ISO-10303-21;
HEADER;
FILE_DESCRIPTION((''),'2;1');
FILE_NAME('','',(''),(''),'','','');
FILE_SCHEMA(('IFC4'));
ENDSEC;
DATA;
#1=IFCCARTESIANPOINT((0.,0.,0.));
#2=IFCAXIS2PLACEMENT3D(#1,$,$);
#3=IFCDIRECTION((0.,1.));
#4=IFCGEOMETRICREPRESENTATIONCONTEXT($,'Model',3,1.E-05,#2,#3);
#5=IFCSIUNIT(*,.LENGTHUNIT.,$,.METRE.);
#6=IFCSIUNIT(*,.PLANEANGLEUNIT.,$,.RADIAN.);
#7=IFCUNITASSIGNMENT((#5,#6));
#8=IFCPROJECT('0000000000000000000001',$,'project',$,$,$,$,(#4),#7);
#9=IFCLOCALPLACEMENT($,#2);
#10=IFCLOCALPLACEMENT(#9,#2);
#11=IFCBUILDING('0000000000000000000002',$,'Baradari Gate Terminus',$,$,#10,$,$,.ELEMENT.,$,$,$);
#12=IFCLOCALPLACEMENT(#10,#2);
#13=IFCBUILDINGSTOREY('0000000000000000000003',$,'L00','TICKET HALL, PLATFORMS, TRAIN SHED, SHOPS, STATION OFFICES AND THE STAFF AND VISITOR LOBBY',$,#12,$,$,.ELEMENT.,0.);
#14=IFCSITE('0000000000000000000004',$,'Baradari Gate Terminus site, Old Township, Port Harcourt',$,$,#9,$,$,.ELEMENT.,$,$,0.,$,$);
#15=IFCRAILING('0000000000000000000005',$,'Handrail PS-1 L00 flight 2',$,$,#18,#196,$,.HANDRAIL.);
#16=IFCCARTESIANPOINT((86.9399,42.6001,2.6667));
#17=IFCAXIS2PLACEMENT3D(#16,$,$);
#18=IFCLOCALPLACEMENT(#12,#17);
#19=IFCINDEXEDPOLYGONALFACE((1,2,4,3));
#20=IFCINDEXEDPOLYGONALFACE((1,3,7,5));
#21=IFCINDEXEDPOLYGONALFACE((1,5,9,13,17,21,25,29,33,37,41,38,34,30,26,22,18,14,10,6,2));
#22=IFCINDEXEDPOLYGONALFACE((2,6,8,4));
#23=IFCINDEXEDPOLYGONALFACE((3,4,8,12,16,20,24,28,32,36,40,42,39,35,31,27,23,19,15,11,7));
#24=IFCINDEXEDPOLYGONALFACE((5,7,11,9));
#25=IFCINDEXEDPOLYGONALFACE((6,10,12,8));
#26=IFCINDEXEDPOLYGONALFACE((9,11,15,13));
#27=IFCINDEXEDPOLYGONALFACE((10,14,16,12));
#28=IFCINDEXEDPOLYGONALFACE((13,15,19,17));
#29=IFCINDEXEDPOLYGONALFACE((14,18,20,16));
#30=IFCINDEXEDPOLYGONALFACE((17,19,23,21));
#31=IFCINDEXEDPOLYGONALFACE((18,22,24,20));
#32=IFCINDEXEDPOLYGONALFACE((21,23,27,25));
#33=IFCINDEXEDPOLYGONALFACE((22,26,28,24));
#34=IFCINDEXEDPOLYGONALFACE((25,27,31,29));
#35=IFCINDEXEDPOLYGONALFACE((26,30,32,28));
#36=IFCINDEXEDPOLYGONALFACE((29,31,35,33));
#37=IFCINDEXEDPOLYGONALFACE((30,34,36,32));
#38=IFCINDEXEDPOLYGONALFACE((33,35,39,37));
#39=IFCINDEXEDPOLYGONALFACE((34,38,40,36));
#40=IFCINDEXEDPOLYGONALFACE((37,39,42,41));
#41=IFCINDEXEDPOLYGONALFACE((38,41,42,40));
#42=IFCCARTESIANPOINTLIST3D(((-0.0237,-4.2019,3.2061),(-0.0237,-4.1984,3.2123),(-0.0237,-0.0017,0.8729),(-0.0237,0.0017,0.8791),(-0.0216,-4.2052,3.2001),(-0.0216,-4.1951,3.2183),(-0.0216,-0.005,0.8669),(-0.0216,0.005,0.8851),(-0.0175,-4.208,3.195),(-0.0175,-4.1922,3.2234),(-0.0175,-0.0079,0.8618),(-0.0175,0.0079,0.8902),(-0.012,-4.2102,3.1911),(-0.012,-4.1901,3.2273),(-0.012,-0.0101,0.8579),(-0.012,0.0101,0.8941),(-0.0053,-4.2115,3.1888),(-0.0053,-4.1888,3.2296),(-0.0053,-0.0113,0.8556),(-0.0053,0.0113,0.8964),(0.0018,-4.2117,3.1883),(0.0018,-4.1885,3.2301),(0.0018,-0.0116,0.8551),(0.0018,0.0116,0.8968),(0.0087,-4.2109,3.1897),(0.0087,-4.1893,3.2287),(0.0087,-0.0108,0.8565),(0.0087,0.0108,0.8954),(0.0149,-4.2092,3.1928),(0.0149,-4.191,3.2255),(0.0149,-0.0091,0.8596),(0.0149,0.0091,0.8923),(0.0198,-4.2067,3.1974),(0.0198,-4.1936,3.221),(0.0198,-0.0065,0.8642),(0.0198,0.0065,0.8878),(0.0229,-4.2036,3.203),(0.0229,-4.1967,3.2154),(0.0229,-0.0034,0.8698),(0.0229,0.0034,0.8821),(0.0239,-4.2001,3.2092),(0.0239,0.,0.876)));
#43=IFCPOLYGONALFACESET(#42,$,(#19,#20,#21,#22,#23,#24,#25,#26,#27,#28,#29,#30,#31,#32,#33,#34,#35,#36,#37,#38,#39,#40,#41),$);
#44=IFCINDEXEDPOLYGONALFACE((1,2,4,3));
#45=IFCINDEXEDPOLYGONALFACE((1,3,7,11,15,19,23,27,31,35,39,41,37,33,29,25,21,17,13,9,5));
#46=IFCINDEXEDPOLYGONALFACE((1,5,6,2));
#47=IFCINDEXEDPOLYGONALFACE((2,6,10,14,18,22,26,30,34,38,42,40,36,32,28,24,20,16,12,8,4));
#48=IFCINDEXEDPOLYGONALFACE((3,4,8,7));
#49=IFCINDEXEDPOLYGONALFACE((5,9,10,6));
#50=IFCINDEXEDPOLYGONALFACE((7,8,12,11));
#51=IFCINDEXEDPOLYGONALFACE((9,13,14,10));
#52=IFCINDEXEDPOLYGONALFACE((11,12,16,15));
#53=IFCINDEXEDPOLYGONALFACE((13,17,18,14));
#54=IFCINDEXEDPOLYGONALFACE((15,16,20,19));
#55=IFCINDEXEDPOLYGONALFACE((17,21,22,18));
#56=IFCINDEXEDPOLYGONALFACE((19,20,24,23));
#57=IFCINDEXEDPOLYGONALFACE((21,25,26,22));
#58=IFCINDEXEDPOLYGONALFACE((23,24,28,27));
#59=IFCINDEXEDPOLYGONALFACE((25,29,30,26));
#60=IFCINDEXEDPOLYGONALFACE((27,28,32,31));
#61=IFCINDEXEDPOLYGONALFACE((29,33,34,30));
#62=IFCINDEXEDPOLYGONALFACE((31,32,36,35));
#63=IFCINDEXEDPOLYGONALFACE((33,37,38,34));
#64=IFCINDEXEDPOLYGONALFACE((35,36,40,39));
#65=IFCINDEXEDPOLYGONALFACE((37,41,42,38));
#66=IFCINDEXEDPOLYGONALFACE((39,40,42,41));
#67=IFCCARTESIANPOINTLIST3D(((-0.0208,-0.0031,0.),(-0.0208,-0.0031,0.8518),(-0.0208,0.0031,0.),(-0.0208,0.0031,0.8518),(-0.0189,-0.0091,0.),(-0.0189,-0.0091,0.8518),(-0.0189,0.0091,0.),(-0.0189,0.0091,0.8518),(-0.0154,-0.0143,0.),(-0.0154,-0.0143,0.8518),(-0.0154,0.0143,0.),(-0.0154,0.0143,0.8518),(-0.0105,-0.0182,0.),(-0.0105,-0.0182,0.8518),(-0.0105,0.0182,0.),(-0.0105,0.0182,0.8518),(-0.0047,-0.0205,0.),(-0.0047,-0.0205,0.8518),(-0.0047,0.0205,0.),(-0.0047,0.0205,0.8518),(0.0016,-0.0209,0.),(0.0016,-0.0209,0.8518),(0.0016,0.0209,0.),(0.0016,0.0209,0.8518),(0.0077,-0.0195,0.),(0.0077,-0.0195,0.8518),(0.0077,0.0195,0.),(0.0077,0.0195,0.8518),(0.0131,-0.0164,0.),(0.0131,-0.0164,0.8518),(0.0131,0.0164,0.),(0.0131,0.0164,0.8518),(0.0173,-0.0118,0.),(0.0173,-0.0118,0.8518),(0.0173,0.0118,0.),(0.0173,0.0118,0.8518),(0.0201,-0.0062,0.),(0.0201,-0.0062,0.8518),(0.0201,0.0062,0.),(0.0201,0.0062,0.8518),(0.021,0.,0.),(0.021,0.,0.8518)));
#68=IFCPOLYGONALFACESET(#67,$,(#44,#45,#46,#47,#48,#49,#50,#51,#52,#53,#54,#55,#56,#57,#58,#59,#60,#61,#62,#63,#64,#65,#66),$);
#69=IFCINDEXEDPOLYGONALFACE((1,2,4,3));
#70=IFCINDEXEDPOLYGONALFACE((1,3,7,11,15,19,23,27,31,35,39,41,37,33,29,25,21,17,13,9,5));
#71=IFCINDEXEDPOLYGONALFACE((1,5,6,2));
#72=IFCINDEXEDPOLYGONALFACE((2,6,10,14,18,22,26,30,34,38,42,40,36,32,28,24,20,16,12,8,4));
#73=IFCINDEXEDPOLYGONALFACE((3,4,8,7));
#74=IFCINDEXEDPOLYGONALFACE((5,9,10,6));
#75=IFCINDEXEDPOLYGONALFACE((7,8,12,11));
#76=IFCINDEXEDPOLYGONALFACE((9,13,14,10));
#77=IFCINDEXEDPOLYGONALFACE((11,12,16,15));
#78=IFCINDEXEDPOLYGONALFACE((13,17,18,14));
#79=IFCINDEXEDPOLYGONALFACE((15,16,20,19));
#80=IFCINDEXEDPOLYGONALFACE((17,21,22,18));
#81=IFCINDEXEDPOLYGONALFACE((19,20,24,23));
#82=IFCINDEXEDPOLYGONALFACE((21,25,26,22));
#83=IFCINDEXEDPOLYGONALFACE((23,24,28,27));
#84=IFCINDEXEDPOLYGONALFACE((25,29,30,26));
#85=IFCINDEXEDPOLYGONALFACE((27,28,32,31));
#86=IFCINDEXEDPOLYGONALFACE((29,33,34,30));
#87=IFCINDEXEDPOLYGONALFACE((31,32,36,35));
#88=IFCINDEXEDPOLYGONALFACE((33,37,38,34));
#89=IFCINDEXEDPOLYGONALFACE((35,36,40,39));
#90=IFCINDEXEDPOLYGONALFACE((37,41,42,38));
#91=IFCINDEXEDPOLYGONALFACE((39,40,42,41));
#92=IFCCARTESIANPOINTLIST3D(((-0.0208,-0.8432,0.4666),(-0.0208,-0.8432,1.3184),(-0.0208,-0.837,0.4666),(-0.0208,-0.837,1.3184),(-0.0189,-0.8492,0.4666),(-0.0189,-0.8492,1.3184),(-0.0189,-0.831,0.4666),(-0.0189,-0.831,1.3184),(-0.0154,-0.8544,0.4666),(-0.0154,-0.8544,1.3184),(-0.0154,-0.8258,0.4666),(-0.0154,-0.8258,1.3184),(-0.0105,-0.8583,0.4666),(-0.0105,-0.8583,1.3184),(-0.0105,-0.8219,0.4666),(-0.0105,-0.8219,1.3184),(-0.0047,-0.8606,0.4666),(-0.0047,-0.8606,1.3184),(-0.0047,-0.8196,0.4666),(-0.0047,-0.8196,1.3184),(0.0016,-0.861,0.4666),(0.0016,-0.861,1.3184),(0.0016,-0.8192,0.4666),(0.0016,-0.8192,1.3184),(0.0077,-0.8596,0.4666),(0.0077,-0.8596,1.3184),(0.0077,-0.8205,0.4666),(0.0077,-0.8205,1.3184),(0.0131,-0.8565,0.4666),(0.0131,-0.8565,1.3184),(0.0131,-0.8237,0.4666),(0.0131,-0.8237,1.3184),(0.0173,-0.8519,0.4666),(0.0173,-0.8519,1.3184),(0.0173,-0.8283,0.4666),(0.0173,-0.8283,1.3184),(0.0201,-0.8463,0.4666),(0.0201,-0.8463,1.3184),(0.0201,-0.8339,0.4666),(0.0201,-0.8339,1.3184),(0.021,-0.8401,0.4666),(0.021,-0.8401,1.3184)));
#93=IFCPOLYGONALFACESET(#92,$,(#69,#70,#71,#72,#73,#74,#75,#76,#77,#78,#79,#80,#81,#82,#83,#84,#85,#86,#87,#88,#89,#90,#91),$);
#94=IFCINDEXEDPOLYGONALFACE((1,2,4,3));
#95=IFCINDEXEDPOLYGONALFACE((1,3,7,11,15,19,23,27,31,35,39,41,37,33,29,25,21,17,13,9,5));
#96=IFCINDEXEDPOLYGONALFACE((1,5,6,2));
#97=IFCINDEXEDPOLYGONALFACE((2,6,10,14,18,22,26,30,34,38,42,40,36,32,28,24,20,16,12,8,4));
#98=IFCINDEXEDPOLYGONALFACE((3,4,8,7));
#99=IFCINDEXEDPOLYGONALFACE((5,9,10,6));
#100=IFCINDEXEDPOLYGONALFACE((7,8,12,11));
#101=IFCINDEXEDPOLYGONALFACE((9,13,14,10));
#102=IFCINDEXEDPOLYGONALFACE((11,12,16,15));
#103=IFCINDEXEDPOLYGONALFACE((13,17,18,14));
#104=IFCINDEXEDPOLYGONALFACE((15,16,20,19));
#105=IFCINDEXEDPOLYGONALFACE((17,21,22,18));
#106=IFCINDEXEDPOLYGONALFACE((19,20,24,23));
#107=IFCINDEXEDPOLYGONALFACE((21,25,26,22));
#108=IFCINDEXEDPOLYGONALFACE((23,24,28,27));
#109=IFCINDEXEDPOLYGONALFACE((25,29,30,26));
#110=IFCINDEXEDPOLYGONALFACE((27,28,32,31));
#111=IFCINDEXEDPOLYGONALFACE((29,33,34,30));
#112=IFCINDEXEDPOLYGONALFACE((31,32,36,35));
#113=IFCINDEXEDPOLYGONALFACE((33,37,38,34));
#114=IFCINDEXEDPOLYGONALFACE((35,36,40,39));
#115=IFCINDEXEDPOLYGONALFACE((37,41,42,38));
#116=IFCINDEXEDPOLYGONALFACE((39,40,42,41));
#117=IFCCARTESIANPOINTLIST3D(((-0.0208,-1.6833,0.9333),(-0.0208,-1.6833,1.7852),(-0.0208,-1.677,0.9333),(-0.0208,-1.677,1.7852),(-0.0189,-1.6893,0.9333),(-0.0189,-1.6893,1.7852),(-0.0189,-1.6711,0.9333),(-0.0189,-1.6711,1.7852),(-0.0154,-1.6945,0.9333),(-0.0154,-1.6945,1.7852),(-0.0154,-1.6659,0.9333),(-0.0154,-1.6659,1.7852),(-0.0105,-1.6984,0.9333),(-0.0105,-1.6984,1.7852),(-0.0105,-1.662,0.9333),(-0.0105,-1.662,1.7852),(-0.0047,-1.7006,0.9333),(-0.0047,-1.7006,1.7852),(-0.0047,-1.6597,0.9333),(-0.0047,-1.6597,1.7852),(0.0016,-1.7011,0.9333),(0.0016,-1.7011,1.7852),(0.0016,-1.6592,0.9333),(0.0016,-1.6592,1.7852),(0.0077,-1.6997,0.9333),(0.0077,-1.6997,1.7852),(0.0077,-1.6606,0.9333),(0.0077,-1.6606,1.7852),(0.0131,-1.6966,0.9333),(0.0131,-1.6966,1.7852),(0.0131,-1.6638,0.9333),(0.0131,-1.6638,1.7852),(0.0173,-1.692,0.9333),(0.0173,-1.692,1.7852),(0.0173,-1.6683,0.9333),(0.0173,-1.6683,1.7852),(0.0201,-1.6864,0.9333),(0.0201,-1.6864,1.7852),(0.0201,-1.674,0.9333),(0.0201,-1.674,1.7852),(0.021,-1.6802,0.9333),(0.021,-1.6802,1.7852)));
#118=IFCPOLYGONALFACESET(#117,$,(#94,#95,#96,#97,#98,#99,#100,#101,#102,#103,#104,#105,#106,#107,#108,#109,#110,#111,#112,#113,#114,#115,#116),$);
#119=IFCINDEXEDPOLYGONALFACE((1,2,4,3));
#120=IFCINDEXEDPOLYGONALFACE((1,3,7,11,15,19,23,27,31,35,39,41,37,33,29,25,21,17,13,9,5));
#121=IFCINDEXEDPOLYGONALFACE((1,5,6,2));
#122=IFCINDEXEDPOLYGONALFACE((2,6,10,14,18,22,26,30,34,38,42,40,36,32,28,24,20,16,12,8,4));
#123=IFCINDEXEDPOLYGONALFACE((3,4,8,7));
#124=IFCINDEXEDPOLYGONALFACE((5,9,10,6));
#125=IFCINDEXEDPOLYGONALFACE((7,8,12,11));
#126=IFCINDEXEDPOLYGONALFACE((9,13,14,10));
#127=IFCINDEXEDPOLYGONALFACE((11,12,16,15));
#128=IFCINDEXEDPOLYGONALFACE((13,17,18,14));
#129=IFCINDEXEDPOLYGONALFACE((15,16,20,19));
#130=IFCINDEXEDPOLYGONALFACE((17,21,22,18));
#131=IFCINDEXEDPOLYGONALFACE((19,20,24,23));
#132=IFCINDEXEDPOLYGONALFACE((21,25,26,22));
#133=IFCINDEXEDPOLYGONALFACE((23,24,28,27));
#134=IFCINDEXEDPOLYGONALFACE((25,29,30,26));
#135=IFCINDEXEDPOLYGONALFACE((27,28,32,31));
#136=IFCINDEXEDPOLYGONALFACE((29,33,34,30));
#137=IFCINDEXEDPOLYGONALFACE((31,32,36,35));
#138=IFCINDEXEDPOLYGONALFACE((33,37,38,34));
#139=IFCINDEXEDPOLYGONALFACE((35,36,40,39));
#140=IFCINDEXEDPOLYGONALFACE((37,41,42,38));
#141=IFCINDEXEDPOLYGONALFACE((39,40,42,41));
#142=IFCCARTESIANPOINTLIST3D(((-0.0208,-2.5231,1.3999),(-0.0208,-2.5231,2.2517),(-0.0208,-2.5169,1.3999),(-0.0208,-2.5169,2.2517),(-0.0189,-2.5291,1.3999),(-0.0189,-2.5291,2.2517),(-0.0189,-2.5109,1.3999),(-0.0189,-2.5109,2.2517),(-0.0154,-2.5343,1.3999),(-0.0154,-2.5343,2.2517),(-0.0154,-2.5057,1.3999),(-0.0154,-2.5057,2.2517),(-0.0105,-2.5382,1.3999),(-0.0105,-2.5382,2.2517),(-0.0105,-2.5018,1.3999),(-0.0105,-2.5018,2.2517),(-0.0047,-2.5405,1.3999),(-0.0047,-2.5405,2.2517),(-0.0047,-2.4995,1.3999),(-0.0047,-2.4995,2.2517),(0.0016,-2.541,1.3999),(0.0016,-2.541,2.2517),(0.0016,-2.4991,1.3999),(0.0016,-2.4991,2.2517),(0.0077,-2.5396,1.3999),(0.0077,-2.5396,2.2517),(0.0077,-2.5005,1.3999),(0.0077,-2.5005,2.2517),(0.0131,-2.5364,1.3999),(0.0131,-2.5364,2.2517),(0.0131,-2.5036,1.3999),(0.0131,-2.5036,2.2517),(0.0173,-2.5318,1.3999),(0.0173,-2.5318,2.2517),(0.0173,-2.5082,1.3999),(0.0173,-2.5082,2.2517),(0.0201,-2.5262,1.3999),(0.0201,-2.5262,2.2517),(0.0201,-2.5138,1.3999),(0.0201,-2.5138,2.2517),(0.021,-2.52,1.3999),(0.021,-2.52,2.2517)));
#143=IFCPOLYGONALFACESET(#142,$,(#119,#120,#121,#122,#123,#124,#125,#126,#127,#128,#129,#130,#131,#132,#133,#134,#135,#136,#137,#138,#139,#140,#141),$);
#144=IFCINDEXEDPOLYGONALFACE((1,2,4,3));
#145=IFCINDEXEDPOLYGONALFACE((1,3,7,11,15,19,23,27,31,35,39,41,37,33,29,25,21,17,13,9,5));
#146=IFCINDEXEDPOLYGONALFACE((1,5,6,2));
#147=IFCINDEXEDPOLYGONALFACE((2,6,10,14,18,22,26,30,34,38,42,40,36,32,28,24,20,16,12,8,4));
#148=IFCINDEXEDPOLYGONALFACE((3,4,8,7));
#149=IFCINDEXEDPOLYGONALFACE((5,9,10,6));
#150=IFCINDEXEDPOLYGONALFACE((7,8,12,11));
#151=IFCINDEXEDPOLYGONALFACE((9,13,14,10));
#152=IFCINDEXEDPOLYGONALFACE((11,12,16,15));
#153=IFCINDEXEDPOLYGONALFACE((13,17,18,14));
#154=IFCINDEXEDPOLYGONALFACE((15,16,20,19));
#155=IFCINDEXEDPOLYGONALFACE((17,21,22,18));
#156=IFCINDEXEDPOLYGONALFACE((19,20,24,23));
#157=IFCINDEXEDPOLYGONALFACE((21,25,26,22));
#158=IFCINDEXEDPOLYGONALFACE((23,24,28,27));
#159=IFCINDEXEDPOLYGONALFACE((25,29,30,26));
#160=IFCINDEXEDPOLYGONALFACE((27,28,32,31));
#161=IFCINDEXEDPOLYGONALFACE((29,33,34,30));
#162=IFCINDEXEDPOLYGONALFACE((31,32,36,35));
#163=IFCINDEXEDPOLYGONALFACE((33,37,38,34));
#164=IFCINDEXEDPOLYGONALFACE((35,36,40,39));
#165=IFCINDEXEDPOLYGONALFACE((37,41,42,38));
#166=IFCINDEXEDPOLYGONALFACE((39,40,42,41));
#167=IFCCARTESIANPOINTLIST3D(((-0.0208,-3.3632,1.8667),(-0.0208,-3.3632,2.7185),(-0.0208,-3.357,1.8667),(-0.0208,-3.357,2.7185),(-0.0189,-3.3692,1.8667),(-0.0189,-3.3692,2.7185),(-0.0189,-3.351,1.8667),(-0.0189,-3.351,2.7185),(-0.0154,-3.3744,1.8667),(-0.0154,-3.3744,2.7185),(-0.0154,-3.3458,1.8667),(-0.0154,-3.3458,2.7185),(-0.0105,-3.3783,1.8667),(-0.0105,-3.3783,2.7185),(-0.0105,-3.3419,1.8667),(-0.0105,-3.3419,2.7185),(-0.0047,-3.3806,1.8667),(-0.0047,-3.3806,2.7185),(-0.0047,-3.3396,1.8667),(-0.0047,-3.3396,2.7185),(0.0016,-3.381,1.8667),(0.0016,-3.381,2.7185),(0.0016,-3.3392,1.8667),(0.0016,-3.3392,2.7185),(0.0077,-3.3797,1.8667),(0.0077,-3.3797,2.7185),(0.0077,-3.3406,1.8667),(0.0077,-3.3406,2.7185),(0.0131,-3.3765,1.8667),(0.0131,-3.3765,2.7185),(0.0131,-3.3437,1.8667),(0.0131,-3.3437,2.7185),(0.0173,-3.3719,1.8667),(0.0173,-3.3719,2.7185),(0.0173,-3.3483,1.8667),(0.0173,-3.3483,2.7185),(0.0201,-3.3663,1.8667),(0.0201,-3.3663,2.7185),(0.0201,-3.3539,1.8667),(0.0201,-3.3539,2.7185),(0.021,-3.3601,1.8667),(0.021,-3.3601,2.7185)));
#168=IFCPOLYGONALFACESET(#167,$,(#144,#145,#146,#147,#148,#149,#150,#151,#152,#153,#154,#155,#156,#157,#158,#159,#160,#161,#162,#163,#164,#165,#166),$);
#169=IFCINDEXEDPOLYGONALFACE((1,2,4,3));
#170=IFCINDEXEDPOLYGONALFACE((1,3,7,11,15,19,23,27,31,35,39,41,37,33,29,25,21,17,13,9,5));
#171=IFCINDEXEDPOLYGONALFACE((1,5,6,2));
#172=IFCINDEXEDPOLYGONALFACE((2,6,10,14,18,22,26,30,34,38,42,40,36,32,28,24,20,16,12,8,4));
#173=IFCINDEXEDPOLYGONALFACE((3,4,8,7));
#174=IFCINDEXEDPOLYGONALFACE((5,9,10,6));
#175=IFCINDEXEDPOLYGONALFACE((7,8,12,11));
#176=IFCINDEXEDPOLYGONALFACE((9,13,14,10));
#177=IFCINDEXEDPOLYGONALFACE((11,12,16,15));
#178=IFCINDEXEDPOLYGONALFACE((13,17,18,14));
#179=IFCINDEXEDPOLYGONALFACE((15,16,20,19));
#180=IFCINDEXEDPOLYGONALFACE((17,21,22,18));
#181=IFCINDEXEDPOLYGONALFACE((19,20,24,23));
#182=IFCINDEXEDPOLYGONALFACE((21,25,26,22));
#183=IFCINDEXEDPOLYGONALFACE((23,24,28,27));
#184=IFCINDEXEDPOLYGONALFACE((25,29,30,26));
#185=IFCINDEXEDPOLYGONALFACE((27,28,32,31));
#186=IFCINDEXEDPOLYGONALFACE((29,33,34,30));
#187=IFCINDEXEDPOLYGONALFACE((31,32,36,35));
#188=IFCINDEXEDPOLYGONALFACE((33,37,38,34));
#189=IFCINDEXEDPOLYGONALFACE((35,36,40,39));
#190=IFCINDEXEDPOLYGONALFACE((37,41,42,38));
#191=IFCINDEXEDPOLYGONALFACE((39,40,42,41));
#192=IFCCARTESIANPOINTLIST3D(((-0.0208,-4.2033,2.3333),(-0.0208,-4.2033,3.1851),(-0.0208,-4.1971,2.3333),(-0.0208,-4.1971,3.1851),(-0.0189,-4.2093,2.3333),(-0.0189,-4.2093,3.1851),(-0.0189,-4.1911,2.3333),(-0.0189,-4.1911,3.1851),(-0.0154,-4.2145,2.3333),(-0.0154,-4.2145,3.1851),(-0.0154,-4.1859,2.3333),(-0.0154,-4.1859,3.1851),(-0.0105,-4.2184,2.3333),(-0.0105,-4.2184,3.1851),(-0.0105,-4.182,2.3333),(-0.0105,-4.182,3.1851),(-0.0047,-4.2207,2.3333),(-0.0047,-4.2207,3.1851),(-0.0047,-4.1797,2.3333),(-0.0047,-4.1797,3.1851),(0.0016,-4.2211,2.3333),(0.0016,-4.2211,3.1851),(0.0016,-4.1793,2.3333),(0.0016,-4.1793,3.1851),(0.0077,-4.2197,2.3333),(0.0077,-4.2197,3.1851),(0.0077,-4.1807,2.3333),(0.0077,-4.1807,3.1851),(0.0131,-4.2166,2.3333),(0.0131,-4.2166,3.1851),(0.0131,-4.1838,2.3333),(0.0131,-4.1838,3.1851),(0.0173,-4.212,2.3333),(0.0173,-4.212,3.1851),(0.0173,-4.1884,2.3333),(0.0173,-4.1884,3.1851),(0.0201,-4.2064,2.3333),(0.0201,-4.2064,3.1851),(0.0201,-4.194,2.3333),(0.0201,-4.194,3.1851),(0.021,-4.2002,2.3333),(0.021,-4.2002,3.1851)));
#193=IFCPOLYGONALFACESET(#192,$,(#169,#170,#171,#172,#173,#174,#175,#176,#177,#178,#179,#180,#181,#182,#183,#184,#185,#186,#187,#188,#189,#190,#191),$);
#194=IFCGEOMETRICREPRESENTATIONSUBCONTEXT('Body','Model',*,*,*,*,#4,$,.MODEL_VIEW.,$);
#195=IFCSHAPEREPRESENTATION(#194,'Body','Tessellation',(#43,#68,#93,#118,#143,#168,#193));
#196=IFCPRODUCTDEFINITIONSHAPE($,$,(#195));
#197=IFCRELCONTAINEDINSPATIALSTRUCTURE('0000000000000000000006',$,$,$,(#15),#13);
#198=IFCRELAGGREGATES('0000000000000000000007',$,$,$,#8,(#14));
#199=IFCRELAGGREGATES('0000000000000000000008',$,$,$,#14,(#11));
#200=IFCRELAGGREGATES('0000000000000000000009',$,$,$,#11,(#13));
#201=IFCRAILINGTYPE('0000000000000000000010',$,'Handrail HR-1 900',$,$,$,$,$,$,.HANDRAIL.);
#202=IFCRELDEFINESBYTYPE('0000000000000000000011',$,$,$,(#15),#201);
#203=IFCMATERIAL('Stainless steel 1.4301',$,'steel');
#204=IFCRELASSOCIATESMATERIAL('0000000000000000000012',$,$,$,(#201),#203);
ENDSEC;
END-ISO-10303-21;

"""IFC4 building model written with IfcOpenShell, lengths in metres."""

from ifc_helpers import new_model, si_unit, direction, frame, origin, origin_2d, place, context, subcontext, project, spatial, circle, extrude, material, type_object, element, save


model = new_model("IFC4")

# Units and contexts
model_context = context("Model", 3, precision=1e-05, world=origin(), true_north=direction((0.0, 1.0)))
body_context = subcontext(model_context, "Body", "Model", "MODEL_VIEW")
ifc_project = project(units=[si_unit("LENGTHUNIT", "METRE"), si_unit("PLANEANGLEUNIT", "RADIAN")], contexts=[model_context])

# Site, building, storey
site_placement = place(None, origin())
site = spatial("IfcSite", under=ifc_project, at=site_placement, Name="Baradari Gate Terminus site, Old Township, Port Harcourt", CompositionType="ELEMENT", RefElevation=0.0)
building_placement = place(site_placement, origin())
building = spatial("IfcBuilding", under=site, at=building_placement, Name="Baradari Gate Terminus", CompositionType="ELEMENT")
storey_placement = place(building_placement, origin())
storey = spatial("IfcBuildingStorey", under=building, at=storey_placement, Name="L00", Description="TICKET HALL, PLATFORMS, TRAIN SHED, SHOPS, STATION OFFICES AND THE STAFF AND VISITOR LOBBY", CompositionType="ELEMENT", Elevation=0.0)

# Railing
ifc_material_1 = material(Name="Stainless steel 1.4301", Category="steel")
railing_type_1 = type_object("IfcRailingType", Name="Handrail HR-1 900", PredefinedType="HANDRAIL", material=ifc_material_1)
for number, where, name in (
    (1, (86.9399, 42.6001, 2.6667), "Handrail PS-1 L00 flight 2"),
):
    element("IfcRailing", number, at=place(storey_placement, frame(where)), inside=storey, type_object=railing_type_1, Name=name, PredefinedType="HANDRAIL", context=body_context, shape_type="SweptSolid", body=[
        extrude(circle(Radius=0.0239, at=origin_2d()), frame((0.0, 0.0, 0.876), z_axis=(0.0, -0.874174, 0.485613), x_axis=(1.0, 0.0, 0.0)), (0.0, 0.0, 1.0), 4.8047),
        extrude(circle(Radius=0.021, at=origin_2d()), origin(), (0.0, 0.0, 1.0), 0.8518),
        extrude(circle(Radius=0.021, at=origin_2d()), frame((0.0, -0.8401, 0.4666)), (0.0, 0.0, 1.0), 0.8518),
        extrude(circle(Radius=0.021, at=origin_2d()), frame((0.0, -1.6802, 0.9333)), (0.0, 0.0, 1.0), 0.8518),
        extrude(circle(Radius=0.021, at=origin_2d()), frame((0.0, -2.52, 1.3999)), (0.0, 0.0, 1.0), 0.8518),
        extrude(circle(Radius=0.021, at=origin_2d()), frame((0.0, -3.3601, 1.8667)), (0.0, 0.0, 1.0), 0.8518),
        extrude(circle(Radius=0.021, at=origin_2d()), frame((0.0, -4.2002, 2.3333)), (0.0, 0.0, 1.0), 0.8518),
    ])

save(model, "model.ifc")
